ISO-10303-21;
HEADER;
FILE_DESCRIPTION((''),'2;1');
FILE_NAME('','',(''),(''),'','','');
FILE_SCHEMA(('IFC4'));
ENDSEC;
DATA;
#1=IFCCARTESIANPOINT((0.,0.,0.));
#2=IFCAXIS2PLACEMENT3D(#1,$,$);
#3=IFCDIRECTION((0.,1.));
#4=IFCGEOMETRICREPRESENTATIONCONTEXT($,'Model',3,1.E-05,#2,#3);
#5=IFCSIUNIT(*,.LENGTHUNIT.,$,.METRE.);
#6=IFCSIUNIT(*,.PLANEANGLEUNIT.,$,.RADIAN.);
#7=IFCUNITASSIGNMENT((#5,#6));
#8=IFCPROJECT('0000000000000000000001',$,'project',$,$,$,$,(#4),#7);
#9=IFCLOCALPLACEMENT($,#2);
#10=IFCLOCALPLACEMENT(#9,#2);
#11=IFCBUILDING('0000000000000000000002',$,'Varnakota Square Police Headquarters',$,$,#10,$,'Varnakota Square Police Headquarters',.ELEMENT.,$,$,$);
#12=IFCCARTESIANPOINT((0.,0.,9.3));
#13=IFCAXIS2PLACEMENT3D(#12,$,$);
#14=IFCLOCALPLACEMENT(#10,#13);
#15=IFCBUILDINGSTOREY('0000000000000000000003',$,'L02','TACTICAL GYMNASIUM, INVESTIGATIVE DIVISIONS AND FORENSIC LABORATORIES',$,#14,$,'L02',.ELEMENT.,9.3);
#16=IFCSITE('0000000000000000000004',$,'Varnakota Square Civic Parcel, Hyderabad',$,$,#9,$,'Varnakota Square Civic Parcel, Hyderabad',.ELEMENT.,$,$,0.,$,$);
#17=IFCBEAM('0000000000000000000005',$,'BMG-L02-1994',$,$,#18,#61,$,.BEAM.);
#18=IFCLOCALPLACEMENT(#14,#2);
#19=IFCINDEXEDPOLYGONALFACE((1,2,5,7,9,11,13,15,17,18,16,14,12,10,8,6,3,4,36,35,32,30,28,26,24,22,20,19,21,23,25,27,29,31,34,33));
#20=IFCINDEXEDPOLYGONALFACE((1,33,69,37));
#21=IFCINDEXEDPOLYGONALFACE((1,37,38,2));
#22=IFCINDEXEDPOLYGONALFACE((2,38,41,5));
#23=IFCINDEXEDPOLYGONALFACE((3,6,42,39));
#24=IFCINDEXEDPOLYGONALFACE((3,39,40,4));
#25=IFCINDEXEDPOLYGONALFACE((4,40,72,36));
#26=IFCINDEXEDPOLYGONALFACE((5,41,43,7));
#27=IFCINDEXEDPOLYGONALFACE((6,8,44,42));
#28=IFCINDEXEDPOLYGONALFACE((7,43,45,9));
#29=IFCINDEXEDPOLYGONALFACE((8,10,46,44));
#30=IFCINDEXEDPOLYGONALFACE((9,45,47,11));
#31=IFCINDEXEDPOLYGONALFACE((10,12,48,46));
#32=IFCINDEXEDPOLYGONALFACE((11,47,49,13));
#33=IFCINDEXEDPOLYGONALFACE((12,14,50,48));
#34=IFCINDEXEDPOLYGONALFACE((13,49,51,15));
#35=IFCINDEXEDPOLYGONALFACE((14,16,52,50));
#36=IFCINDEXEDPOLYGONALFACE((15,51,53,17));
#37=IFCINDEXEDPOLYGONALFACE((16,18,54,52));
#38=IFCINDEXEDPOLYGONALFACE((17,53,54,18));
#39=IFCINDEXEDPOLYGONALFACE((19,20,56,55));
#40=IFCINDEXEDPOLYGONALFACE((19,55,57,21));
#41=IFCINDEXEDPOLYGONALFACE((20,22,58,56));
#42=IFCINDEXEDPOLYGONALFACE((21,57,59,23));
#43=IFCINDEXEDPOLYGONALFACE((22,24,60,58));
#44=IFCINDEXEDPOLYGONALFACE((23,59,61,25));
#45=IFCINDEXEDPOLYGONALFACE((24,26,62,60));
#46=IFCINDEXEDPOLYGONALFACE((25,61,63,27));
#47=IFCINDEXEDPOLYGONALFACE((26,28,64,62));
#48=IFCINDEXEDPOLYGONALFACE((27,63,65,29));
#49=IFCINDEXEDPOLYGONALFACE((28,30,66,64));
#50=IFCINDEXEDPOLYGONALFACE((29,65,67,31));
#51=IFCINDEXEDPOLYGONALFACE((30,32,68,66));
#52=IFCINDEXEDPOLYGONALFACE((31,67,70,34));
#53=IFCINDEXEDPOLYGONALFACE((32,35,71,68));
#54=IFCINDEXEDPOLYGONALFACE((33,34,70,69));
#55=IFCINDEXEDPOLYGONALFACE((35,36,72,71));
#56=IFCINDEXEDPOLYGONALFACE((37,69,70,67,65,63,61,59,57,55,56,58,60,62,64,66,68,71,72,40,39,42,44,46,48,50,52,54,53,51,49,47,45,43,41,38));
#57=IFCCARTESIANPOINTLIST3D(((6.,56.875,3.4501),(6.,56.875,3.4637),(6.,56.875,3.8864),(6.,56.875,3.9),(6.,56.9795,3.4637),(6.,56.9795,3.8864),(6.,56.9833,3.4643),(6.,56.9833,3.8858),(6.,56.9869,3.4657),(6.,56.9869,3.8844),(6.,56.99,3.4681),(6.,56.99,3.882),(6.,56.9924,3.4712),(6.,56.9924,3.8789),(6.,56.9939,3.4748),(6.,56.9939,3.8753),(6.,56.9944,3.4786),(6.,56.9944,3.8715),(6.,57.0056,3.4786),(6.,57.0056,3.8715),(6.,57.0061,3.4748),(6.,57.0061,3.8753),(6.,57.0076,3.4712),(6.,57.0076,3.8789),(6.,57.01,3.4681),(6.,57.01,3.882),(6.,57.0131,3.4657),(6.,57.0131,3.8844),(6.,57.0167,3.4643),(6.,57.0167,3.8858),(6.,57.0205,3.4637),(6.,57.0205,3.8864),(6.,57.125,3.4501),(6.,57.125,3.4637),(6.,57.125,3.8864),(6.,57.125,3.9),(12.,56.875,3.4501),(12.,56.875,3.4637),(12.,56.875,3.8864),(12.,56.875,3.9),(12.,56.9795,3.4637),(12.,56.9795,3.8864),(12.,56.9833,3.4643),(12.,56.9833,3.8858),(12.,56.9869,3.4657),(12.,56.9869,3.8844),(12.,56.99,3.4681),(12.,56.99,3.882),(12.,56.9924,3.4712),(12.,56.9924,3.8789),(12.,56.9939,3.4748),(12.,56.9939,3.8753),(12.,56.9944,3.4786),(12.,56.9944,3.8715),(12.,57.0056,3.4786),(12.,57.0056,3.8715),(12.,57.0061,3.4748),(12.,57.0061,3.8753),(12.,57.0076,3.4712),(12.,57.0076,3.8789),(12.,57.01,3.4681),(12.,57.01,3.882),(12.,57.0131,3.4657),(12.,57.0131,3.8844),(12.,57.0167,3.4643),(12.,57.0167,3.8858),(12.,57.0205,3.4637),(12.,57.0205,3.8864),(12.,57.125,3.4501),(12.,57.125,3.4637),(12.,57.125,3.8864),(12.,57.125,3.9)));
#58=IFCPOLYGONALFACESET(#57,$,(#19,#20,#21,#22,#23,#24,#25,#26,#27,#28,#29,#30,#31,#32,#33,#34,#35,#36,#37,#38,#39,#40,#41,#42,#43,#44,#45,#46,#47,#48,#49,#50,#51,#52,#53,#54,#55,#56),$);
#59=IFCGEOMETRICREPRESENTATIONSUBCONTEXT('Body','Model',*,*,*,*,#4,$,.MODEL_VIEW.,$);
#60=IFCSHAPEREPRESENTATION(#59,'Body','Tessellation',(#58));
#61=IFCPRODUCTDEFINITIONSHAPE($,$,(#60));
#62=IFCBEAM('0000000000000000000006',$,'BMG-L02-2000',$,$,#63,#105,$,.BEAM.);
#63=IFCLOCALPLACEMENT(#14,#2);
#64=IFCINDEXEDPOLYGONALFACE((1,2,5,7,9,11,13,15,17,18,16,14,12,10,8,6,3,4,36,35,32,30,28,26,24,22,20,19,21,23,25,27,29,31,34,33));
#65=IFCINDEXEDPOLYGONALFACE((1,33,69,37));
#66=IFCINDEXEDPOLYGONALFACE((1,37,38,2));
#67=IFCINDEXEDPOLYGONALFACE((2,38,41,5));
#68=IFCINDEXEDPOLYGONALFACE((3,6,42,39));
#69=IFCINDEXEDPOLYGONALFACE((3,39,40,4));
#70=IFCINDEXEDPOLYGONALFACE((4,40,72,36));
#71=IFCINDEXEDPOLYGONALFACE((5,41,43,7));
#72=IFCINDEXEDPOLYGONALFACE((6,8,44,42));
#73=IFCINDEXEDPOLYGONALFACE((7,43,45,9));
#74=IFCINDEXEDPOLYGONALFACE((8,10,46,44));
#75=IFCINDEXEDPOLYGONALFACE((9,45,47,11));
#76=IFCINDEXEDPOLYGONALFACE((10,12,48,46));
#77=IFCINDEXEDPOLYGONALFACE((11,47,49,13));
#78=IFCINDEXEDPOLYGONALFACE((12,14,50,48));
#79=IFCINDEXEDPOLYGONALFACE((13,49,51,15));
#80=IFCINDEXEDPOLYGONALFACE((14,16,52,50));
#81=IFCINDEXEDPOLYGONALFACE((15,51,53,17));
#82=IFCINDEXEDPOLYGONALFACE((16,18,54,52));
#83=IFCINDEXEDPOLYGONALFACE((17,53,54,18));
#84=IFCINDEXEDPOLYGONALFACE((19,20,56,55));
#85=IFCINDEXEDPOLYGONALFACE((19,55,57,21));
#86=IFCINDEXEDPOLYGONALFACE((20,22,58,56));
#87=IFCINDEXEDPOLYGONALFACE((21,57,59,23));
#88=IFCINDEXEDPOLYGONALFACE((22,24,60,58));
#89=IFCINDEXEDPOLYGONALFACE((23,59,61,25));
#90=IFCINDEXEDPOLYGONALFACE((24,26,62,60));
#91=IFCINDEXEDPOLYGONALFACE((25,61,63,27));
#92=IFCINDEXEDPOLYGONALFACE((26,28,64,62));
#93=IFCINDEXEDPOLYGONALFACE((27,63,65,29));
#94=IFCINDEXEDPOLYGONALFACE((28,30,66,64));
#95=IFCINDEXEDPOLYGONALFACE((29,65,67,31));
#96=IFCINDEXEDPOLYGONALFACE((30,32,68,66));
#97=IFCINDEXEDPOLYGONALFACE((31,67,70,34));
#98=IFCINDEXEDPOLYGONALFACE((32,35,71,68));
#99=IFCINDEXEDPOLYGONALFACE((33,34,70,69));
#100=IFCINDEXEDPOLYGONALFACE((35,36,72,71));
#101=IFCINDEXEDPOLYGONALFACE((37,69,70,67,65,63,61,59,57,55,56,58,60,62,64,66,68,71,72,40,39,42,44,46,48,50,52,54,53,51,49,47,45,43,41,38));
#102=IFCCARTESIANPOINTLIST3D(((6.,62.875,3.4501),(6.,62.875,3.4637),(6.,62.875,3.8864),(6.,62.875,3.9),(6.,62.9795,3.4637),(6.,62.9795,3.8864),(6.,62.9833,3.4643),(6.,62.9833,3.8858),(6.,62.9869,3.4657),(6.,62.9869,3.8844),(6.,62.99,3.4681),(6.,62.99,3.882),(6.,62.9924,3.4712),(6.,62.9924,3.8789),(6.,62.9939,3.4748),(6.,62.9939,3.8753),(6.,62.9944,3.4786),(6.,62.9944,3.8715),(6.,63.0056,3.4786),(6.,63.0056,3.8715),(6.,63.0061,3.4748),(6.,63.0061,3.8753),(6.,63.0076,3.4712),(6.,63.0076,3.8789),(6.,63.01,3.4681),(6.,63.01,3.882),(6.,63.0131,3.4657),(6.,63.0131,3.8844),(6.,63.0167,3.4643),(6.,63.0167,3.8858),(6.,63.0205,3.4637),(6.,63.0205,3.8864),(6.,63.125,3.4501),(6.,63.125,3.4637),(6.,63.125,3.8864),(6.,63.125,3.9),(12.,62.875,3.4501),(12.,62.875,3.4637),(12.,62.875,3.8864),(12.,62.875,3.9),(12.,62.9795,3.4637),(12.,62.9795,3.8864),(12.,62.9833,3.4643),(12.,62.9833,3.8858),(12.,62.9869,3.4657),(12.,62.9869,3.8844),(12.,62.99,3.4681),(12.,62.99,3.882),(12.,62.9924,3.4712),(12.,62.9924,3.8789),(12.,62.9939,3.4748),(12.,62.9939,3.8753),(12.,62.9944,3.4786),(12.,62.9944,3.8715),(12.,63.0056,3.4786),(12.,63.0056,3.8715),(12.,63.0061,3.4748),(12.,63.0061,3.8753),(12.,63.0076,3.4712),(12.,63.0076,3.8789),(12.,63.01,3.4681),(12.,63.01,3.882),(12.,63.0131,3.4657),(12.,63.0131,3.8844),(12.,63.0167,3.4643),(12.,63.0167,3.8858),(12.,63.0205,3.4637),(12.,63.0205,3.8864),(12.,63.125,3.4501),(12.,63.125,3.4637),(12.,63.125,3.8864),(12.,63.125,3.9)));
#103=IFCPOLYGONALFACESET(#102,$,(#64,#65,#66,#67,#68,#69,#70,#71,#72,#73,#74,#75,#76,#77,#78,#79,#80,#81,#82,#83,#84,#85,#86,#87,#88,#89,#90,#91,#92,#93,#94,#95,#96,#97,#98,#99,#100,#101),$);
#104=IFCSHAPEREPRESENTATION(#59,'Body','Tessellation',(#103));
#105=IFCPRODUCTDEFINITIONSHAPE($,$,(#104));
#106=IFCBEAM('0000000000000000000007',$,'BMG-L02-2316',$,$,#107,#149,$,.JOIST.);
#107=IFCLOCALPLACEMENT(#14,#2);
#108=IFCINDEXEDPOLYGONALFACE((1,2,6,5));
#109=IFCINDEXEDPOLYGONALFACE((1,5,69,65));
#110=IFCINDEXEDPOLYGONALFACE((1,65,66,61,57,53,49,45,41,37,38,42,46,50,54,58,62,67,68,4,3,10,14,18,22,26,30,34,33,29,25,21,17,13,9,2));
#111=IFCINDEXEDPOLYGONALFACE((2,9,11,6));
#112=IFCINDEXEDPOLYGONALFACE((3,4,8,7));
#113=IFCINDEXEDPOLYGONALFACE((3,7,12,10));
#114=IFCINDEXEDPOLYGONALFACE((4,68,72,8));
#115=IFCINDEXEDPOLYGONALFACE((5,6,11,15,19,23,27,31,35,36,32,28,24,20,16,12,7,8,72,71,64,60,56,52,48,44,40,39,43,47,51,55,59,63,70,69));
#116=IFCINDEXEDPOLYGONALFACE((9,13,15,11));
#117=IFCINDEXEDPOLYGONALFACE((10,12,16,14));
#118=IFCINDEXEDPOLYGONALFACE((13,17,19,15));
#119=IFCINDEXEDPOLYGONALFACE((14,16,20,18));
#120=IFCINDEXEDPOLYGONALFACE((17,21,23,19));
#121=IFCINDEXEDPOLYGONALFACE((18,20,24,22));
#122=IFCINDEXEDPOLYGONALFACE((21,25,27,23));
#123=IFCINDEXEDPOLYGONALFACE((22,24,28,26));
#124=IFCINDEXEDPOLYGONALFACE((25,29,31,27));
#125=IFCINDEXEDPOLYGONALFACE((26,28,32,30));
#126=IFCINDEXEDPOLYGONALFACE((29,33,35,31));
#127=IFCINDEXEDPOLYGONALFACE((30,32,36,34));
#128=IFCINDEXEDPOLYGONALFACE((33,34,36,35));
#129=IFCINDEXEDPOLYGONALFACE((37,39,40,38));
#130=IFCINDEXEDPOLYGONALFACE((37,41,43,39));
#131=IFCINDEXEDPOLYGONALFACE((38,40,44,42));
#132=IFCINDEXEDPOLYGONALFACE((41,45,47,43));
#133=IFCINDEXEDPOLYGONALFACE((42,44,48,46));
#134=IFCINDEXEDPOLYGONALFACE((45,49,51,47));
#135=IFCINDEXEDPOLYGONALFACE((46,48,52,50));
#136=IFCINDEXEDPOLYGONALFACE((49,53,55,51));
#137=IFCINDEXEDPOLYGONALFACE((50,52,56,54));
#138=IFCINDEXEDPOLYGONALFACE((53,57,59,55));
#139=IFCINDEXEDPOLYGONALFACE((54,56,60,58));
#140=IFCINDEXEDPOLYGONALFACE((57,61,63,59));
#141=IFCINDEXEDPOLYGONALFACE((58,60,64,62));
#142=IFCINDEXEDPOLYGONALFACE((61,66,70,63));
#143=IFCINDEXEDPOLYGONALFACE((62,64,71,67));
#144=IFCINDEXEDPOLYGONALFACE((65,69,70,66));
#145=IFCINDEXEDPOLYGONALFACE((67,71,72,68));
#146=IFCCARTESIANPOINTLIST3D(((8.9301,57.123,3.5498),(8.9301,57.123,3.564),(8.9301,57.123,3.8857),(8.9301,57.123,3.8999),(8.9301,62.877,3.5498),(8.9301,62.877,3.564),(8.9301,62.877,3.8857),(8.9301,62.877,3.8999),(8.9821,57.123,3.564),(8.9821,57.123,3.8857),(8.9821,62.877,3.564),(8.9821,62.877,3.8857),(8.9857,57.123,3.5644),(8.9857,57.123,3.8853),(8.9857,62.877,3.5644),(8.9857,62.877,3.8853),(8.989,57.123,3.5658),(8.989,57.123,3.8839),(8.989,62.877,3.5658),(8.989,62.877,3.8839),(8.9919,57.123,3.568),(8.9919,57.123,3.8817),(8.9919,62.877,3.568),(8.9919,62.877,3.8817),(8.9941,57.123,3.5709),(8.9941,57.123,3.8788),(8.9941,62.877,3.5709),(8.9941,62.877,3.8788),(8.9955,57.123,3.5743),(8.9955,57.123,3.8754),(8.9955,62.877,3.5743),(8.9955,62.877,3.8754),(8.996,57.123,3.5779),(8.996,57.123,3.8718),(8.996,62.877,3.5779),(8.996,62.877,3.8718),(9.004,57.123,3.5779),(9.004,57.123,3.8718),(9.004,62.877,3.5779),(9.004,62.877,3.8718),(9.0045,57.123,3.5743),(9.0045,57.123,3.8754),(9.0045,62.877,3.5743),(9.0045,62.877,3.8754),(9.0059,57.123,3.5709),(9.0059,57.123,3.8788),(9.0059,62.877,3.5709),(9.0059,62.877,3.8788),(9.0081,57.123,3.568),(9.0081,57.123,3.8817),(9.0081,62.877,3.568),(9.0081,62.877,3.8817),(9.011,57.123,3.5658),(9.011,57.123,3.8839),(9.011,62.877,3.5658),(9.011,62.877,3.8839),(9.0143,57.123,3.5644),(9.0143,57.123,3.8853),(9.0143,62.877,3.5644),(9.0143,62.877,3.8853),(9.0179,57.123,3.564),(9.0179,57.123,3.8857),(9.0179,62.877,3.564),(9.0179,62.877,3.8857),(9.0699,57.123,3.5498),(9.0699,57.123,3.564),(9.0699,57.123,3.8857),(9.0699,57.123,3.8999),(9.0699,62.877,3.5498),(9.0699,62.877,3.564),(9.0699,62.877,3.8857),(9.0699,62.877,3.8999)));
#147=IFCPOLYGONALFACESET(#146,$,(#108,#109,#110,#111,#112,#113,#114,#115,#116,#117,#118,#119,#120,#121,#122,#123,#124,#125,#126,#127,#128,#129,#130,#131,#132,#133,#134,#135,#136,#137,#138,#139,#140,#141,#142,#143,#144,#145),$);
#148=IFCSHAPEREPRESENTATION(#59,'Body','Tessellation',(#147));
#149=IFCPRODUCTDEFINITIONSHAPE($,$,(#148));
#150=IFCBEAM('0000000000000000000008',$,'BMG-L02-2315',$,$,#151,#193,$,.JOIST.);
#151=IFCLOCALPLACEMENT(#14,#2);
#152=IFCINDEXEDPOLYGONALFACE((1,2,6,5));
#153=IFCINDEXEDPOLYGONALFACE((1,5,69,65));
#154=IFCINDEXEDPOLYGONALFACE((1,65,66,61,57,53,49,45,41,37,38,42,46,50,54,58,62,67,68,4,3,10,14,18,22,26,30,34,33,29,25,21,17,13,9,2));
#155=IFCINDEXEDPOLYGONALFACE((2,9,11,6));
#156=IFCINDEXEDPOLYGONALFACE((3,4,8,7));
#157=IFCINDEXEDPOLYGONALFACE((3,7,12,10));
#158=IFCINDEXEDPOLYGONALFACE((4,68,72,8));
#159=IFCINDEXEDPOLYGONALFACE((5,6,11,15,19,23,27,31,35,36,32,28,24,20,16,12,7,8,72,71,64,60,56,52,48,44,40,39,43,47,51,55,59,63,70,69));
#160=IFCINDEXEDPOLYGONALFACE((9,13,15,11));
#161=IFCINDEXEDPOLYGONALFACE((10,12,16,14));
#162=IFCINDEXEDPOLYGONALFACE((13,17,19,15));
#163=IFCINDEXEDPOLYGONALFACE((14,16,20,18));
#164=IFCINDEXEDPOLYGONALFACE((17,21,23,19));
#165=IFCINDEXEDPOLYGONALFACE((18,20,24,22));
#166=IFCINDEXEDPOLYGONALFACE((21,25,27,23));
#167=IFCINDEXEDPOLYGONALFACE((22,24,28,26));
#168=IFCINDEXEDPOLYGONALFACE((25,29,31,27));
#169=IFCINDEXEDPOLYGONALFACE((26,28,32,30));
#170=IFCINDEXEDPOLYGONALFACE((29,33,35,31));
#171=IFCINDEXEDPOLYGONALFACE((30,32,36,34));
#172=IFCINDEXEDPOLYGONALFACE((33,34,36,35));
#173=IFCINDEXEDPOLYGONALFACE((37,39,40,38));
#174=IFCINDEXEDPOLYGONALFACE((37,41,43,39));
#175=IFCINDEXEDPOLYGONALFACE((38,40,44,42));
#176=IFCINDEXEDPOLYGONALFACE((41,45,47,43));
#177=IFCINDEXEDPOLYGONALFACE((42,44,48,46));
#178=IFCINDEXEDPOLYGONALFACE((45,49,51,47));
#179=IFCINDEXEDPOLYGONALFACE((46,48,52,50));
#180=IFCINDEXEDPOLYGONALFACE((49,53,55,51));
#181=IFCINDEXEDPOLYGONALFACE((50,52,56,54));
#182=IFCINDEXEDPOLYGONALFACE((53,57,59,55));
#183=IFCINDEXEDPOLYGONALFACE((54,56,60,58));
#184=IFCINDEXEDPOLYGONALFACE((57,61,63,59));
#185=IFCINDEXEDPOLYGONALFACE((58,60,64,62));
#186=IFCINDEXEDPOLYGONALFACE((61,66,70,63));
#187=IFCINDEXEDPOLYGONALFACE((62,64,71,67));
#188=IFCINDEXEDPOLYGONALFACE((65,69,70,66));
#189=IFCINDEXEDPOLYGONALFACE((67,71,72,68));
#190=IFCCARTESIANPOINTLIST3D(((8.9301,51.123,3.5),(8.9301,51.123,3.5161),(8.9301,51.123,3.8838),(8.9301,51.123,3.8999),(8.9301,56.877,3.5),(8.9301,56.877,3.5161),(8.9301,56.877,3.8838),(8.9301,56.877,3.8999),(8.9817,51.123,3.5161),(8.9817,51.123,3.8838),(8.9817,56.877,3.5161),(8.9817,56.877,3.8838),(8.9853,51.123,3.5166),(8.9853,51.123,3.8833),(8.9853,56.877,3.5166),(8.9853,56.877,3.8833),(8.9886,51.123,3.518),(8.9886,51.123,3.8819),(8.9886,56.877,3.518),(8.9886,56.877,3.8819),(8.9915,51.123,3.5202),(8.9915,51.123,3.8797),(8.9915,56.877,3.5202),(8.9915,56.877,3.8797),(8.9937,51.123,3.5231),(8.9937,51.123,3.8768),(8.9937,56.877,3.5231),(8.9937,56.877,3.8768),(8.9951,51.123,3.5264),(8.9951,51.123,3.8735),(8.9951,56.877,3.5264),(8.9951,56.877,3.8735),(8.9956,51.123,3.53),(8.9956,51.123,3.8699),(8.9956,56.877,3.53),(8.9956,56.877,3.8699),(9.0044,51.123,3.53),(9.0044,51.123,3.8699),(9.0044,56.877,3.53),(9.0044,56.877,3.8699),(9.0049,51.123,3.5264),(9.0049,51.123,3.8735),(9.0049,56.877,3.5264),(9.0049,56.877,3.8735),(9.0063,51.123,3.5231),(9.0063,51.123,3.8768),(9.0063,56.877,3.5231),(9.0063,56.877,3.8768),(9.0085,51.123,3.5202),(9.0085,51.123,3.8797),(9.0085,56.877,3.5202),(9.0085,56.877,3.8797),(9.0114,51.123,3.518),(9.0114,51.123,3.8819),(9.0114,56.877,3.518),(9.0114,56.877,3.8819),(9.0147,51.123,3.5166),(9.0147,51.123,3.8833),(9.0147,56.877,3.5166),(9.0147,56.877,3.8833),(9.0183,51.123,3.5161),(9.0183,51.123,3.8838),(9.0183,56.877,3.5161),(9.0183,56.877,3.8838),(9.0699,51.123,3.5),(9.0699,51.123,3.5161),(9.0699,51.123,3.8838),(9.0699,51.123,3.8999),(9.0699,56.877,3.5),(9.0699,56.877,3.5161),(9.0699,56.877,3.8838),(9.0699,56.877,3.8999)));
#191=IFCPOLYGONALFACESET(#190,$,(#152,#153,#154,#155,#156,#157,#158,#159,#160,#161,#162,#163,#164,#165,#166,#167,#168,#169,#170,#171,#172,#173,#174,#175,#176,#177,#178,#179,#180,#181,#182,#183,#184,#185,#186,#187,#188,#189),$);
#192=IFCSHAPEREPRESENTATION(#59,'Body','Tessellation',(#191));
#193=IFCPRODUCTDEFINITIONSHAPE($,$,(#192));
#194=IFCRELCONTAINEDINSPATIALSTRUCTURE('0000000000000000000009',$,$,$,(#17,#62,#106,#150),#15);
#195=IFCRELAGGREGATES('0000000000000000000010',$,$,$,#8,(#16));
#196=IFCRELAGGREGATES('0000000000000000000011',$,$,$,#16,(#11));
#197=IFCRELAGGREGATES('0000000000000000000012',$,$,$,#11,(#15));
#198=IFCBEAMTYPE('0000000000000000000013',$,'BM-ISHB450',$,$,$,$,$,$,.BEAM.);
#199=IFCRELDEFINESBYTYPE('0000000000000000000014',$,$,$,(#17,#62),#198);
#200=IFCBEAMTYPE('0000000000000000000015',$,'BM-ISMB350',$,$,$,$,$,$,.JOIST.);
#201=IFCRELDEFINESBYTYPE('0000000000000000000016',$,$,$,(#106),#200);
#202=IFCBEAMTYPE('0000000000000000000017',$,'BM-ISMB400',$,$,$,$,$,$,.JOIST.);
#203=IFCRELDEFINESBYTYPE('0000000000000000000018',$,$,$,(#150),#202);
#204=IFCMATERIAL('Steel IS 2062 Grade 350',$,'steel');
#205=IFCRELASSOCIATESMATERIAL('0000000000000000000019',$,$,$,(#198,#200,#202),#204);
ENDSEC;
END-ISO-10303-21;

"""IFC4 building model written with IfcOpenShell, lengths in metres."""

from ifc_helpers import new_model, si_unit, direction, frame, origin, origin_2d, place, context, subcontext, project, spatial, i_section, extrude, material, material_profile, profile_set, type_object, element, save


model = new_model("IFC4")

# Units and contexts
model_context = context("Model", 3, precision=1e-05, world=origin(), true_north=direction((0.0, 1.0)))
body_context = subcontext(model_context, "Body", "Model", "MODEL_VIEW")
ifc_project = project(units=[si_unit("LENGTHUNIT", "METRE"), si_unit("PLANEANGLEUNIT", "RADIAN")], contexts=[model_context])

# Site, building, storey
site_placement = place(None, origin())
site = spatial("IfcSite", under=ifc_project, at=site_placement, Name="Varnakota Square Civic Parcel, Hyderabad", LongName="Varnakota Square Civic Parcel, Hyderabad", CompositionType="ELEMENT", RefElevation=0.0)
building_placement = place(site_placement, origin())
building = spatial("IfcBuilding", under=site, at=building_placement, Name="Varnakota Square Police Headquarters", LongName="Varnakota Square Police Headquarters", CompositionType="ELEMENT")
storey_placement = place(building_placement, frame((0.0, 0.0, 9.3)))
storey = spatial("IfcBuildingStorey", under=building, at=storey_placement, Name="L02", Description="TACTICAL GYMNASIUM, INVESTIGATIVE DIVISIONS AND FORENSIC LABORATORIES", LongName="L02", CompositionType="ELEMENT", Elevation=9.3)

# Shared definitions
ifc_material_1 = material(Name="Steel IS 2062 Grade 350", Category="steel")

# Beams
ifc_material_profile_1 = material_profile(ifc_material_1, i_section(OverallWidth=0.25, OverallDepth=0.45, WebThickness=0.0112, FlangeThickness=0.0137, FilletRadius=0.0149, at=origin_2d()), Name="ISHB 450")
ifc_profile_set_1 = profile_set([ifc_material_profile_1], Name="Steel IS 2062 Grade 350")
beam_type_1 = type_object("IfcBeamType", Name="BM-ISHB450", PredefinedType="BEAM", material=ifc_profile_set_1)
for number, where, z_axis, x_axis, name in (
    (1, (6.0, 57.0, 3.675), (1.0, 0.0, 0.0), (0.0, 1.0, 0.0), "BMG-L02-1994"),
    (2, (6.0, 63.0, 3.675), (1.0, 0.0, 0.0), (0.0, 1.0, 0.0), "BMG-L02-2000"),
):
    element("IfcBeam", number, at=place(storey_placement, frame(where, z_axis=z_axis, x_axis=x_axis)), inside=storey, type_object=beam_type_1, Name=name, PredefinedType="BEAM", context=body_context, shape_type="SweptSolid", body=[
        extrude(i_section(OverallWidth=0.25, OverallDepth=0.45, WebThickness=0.0112, FlangeThickness=0.0137, FilletRadius=0.0149, at=origin_2d()), origin(), (0.0, 0.0, 1.0), 6.0),
    ])
ifc_material_profile_2 = material_profile(ifc_material_1, i_section(OverallWidth=0.1399, OverallDepth=0.3501, WebThickness=0.0081, FlangeThickness=0.0142, FilletRadius=0.0139, at=origin_2d()), Name="ISMB 350")
ifc_profile_set_2 = profile_set([ifc_material_profile_2], Name="Steel IS 2062 Grade 350")
beam_type_2 = type_object("IfcBeamType", Name="BM-ISMB350", PredefinedType="JOIST", material=ifc_profile_set_2)
beam_1_placement = place(storey_placement, frame((9.0, 57.123, 3.7249), z_axis=(0.0, 1.0, 0.0), x_axis=(-1.0, 0.0, 0.0)))
element("IfcBeam", 3, at=beam_1_placement, inside=storey, type_object=beam_type_2, Name="BMG-L02-2316", PredefinedType="JOIST", context=body_context, shape_type="SweptSolid", body=[
    extrude(i_section(OverallWidth=0.1399, OverallDepth=0.3501, WebThickness=0.0081, FlangeThickness=0.0142, FilletRadius=0.0139, at=origin_2d()), origin(), (0.0, 0.0, 1.0), 5.7539),
])
ifc_material_profile_3 = material_profile(ifc_material_1, i_section(OverallWidth=0.1399, OverallDepth=0.3999, WebThickness=0.0088, FlangeThickness=0.0161, FilletRadius=0.0139, at=origin_2d()), Name="ISMB 400")
ifc_profile_set_3 = profile_set([ifc_material_profile_3], Name="Steel IS 2062 Grade 350")
beam_type_3 = type_object("IfcBeamType", Name="BM-ISMB400", PredefinedType="JOIST", material=ifc_profile_set_3)
beam_2_placement = place(storey_placement, frame((9.0, 51.123, 3.7), z_axis=(0.0, 1.0, 0.0), x_axis=(-1.0, 0.0, 0.0)))
element("IfcBeam", 4, at=beam_2_placement, inside=storey, type_object=beam_type_3, Name="BMG-L02-2315", PredefinedType="JOIST", context=body_context, shape_type="SweptSolid", body=[
    extrude(i_section(OverallWidth=0.1399, OverallDepth=0.3999, WebThickness=0.0088, FlangeThickness=0.0161, FilletRadius=0.0139, at=origin_2d()), origin(), (0.0, 0.0, 1.0), 5.7539),
])

save(model, "model.ifc")
